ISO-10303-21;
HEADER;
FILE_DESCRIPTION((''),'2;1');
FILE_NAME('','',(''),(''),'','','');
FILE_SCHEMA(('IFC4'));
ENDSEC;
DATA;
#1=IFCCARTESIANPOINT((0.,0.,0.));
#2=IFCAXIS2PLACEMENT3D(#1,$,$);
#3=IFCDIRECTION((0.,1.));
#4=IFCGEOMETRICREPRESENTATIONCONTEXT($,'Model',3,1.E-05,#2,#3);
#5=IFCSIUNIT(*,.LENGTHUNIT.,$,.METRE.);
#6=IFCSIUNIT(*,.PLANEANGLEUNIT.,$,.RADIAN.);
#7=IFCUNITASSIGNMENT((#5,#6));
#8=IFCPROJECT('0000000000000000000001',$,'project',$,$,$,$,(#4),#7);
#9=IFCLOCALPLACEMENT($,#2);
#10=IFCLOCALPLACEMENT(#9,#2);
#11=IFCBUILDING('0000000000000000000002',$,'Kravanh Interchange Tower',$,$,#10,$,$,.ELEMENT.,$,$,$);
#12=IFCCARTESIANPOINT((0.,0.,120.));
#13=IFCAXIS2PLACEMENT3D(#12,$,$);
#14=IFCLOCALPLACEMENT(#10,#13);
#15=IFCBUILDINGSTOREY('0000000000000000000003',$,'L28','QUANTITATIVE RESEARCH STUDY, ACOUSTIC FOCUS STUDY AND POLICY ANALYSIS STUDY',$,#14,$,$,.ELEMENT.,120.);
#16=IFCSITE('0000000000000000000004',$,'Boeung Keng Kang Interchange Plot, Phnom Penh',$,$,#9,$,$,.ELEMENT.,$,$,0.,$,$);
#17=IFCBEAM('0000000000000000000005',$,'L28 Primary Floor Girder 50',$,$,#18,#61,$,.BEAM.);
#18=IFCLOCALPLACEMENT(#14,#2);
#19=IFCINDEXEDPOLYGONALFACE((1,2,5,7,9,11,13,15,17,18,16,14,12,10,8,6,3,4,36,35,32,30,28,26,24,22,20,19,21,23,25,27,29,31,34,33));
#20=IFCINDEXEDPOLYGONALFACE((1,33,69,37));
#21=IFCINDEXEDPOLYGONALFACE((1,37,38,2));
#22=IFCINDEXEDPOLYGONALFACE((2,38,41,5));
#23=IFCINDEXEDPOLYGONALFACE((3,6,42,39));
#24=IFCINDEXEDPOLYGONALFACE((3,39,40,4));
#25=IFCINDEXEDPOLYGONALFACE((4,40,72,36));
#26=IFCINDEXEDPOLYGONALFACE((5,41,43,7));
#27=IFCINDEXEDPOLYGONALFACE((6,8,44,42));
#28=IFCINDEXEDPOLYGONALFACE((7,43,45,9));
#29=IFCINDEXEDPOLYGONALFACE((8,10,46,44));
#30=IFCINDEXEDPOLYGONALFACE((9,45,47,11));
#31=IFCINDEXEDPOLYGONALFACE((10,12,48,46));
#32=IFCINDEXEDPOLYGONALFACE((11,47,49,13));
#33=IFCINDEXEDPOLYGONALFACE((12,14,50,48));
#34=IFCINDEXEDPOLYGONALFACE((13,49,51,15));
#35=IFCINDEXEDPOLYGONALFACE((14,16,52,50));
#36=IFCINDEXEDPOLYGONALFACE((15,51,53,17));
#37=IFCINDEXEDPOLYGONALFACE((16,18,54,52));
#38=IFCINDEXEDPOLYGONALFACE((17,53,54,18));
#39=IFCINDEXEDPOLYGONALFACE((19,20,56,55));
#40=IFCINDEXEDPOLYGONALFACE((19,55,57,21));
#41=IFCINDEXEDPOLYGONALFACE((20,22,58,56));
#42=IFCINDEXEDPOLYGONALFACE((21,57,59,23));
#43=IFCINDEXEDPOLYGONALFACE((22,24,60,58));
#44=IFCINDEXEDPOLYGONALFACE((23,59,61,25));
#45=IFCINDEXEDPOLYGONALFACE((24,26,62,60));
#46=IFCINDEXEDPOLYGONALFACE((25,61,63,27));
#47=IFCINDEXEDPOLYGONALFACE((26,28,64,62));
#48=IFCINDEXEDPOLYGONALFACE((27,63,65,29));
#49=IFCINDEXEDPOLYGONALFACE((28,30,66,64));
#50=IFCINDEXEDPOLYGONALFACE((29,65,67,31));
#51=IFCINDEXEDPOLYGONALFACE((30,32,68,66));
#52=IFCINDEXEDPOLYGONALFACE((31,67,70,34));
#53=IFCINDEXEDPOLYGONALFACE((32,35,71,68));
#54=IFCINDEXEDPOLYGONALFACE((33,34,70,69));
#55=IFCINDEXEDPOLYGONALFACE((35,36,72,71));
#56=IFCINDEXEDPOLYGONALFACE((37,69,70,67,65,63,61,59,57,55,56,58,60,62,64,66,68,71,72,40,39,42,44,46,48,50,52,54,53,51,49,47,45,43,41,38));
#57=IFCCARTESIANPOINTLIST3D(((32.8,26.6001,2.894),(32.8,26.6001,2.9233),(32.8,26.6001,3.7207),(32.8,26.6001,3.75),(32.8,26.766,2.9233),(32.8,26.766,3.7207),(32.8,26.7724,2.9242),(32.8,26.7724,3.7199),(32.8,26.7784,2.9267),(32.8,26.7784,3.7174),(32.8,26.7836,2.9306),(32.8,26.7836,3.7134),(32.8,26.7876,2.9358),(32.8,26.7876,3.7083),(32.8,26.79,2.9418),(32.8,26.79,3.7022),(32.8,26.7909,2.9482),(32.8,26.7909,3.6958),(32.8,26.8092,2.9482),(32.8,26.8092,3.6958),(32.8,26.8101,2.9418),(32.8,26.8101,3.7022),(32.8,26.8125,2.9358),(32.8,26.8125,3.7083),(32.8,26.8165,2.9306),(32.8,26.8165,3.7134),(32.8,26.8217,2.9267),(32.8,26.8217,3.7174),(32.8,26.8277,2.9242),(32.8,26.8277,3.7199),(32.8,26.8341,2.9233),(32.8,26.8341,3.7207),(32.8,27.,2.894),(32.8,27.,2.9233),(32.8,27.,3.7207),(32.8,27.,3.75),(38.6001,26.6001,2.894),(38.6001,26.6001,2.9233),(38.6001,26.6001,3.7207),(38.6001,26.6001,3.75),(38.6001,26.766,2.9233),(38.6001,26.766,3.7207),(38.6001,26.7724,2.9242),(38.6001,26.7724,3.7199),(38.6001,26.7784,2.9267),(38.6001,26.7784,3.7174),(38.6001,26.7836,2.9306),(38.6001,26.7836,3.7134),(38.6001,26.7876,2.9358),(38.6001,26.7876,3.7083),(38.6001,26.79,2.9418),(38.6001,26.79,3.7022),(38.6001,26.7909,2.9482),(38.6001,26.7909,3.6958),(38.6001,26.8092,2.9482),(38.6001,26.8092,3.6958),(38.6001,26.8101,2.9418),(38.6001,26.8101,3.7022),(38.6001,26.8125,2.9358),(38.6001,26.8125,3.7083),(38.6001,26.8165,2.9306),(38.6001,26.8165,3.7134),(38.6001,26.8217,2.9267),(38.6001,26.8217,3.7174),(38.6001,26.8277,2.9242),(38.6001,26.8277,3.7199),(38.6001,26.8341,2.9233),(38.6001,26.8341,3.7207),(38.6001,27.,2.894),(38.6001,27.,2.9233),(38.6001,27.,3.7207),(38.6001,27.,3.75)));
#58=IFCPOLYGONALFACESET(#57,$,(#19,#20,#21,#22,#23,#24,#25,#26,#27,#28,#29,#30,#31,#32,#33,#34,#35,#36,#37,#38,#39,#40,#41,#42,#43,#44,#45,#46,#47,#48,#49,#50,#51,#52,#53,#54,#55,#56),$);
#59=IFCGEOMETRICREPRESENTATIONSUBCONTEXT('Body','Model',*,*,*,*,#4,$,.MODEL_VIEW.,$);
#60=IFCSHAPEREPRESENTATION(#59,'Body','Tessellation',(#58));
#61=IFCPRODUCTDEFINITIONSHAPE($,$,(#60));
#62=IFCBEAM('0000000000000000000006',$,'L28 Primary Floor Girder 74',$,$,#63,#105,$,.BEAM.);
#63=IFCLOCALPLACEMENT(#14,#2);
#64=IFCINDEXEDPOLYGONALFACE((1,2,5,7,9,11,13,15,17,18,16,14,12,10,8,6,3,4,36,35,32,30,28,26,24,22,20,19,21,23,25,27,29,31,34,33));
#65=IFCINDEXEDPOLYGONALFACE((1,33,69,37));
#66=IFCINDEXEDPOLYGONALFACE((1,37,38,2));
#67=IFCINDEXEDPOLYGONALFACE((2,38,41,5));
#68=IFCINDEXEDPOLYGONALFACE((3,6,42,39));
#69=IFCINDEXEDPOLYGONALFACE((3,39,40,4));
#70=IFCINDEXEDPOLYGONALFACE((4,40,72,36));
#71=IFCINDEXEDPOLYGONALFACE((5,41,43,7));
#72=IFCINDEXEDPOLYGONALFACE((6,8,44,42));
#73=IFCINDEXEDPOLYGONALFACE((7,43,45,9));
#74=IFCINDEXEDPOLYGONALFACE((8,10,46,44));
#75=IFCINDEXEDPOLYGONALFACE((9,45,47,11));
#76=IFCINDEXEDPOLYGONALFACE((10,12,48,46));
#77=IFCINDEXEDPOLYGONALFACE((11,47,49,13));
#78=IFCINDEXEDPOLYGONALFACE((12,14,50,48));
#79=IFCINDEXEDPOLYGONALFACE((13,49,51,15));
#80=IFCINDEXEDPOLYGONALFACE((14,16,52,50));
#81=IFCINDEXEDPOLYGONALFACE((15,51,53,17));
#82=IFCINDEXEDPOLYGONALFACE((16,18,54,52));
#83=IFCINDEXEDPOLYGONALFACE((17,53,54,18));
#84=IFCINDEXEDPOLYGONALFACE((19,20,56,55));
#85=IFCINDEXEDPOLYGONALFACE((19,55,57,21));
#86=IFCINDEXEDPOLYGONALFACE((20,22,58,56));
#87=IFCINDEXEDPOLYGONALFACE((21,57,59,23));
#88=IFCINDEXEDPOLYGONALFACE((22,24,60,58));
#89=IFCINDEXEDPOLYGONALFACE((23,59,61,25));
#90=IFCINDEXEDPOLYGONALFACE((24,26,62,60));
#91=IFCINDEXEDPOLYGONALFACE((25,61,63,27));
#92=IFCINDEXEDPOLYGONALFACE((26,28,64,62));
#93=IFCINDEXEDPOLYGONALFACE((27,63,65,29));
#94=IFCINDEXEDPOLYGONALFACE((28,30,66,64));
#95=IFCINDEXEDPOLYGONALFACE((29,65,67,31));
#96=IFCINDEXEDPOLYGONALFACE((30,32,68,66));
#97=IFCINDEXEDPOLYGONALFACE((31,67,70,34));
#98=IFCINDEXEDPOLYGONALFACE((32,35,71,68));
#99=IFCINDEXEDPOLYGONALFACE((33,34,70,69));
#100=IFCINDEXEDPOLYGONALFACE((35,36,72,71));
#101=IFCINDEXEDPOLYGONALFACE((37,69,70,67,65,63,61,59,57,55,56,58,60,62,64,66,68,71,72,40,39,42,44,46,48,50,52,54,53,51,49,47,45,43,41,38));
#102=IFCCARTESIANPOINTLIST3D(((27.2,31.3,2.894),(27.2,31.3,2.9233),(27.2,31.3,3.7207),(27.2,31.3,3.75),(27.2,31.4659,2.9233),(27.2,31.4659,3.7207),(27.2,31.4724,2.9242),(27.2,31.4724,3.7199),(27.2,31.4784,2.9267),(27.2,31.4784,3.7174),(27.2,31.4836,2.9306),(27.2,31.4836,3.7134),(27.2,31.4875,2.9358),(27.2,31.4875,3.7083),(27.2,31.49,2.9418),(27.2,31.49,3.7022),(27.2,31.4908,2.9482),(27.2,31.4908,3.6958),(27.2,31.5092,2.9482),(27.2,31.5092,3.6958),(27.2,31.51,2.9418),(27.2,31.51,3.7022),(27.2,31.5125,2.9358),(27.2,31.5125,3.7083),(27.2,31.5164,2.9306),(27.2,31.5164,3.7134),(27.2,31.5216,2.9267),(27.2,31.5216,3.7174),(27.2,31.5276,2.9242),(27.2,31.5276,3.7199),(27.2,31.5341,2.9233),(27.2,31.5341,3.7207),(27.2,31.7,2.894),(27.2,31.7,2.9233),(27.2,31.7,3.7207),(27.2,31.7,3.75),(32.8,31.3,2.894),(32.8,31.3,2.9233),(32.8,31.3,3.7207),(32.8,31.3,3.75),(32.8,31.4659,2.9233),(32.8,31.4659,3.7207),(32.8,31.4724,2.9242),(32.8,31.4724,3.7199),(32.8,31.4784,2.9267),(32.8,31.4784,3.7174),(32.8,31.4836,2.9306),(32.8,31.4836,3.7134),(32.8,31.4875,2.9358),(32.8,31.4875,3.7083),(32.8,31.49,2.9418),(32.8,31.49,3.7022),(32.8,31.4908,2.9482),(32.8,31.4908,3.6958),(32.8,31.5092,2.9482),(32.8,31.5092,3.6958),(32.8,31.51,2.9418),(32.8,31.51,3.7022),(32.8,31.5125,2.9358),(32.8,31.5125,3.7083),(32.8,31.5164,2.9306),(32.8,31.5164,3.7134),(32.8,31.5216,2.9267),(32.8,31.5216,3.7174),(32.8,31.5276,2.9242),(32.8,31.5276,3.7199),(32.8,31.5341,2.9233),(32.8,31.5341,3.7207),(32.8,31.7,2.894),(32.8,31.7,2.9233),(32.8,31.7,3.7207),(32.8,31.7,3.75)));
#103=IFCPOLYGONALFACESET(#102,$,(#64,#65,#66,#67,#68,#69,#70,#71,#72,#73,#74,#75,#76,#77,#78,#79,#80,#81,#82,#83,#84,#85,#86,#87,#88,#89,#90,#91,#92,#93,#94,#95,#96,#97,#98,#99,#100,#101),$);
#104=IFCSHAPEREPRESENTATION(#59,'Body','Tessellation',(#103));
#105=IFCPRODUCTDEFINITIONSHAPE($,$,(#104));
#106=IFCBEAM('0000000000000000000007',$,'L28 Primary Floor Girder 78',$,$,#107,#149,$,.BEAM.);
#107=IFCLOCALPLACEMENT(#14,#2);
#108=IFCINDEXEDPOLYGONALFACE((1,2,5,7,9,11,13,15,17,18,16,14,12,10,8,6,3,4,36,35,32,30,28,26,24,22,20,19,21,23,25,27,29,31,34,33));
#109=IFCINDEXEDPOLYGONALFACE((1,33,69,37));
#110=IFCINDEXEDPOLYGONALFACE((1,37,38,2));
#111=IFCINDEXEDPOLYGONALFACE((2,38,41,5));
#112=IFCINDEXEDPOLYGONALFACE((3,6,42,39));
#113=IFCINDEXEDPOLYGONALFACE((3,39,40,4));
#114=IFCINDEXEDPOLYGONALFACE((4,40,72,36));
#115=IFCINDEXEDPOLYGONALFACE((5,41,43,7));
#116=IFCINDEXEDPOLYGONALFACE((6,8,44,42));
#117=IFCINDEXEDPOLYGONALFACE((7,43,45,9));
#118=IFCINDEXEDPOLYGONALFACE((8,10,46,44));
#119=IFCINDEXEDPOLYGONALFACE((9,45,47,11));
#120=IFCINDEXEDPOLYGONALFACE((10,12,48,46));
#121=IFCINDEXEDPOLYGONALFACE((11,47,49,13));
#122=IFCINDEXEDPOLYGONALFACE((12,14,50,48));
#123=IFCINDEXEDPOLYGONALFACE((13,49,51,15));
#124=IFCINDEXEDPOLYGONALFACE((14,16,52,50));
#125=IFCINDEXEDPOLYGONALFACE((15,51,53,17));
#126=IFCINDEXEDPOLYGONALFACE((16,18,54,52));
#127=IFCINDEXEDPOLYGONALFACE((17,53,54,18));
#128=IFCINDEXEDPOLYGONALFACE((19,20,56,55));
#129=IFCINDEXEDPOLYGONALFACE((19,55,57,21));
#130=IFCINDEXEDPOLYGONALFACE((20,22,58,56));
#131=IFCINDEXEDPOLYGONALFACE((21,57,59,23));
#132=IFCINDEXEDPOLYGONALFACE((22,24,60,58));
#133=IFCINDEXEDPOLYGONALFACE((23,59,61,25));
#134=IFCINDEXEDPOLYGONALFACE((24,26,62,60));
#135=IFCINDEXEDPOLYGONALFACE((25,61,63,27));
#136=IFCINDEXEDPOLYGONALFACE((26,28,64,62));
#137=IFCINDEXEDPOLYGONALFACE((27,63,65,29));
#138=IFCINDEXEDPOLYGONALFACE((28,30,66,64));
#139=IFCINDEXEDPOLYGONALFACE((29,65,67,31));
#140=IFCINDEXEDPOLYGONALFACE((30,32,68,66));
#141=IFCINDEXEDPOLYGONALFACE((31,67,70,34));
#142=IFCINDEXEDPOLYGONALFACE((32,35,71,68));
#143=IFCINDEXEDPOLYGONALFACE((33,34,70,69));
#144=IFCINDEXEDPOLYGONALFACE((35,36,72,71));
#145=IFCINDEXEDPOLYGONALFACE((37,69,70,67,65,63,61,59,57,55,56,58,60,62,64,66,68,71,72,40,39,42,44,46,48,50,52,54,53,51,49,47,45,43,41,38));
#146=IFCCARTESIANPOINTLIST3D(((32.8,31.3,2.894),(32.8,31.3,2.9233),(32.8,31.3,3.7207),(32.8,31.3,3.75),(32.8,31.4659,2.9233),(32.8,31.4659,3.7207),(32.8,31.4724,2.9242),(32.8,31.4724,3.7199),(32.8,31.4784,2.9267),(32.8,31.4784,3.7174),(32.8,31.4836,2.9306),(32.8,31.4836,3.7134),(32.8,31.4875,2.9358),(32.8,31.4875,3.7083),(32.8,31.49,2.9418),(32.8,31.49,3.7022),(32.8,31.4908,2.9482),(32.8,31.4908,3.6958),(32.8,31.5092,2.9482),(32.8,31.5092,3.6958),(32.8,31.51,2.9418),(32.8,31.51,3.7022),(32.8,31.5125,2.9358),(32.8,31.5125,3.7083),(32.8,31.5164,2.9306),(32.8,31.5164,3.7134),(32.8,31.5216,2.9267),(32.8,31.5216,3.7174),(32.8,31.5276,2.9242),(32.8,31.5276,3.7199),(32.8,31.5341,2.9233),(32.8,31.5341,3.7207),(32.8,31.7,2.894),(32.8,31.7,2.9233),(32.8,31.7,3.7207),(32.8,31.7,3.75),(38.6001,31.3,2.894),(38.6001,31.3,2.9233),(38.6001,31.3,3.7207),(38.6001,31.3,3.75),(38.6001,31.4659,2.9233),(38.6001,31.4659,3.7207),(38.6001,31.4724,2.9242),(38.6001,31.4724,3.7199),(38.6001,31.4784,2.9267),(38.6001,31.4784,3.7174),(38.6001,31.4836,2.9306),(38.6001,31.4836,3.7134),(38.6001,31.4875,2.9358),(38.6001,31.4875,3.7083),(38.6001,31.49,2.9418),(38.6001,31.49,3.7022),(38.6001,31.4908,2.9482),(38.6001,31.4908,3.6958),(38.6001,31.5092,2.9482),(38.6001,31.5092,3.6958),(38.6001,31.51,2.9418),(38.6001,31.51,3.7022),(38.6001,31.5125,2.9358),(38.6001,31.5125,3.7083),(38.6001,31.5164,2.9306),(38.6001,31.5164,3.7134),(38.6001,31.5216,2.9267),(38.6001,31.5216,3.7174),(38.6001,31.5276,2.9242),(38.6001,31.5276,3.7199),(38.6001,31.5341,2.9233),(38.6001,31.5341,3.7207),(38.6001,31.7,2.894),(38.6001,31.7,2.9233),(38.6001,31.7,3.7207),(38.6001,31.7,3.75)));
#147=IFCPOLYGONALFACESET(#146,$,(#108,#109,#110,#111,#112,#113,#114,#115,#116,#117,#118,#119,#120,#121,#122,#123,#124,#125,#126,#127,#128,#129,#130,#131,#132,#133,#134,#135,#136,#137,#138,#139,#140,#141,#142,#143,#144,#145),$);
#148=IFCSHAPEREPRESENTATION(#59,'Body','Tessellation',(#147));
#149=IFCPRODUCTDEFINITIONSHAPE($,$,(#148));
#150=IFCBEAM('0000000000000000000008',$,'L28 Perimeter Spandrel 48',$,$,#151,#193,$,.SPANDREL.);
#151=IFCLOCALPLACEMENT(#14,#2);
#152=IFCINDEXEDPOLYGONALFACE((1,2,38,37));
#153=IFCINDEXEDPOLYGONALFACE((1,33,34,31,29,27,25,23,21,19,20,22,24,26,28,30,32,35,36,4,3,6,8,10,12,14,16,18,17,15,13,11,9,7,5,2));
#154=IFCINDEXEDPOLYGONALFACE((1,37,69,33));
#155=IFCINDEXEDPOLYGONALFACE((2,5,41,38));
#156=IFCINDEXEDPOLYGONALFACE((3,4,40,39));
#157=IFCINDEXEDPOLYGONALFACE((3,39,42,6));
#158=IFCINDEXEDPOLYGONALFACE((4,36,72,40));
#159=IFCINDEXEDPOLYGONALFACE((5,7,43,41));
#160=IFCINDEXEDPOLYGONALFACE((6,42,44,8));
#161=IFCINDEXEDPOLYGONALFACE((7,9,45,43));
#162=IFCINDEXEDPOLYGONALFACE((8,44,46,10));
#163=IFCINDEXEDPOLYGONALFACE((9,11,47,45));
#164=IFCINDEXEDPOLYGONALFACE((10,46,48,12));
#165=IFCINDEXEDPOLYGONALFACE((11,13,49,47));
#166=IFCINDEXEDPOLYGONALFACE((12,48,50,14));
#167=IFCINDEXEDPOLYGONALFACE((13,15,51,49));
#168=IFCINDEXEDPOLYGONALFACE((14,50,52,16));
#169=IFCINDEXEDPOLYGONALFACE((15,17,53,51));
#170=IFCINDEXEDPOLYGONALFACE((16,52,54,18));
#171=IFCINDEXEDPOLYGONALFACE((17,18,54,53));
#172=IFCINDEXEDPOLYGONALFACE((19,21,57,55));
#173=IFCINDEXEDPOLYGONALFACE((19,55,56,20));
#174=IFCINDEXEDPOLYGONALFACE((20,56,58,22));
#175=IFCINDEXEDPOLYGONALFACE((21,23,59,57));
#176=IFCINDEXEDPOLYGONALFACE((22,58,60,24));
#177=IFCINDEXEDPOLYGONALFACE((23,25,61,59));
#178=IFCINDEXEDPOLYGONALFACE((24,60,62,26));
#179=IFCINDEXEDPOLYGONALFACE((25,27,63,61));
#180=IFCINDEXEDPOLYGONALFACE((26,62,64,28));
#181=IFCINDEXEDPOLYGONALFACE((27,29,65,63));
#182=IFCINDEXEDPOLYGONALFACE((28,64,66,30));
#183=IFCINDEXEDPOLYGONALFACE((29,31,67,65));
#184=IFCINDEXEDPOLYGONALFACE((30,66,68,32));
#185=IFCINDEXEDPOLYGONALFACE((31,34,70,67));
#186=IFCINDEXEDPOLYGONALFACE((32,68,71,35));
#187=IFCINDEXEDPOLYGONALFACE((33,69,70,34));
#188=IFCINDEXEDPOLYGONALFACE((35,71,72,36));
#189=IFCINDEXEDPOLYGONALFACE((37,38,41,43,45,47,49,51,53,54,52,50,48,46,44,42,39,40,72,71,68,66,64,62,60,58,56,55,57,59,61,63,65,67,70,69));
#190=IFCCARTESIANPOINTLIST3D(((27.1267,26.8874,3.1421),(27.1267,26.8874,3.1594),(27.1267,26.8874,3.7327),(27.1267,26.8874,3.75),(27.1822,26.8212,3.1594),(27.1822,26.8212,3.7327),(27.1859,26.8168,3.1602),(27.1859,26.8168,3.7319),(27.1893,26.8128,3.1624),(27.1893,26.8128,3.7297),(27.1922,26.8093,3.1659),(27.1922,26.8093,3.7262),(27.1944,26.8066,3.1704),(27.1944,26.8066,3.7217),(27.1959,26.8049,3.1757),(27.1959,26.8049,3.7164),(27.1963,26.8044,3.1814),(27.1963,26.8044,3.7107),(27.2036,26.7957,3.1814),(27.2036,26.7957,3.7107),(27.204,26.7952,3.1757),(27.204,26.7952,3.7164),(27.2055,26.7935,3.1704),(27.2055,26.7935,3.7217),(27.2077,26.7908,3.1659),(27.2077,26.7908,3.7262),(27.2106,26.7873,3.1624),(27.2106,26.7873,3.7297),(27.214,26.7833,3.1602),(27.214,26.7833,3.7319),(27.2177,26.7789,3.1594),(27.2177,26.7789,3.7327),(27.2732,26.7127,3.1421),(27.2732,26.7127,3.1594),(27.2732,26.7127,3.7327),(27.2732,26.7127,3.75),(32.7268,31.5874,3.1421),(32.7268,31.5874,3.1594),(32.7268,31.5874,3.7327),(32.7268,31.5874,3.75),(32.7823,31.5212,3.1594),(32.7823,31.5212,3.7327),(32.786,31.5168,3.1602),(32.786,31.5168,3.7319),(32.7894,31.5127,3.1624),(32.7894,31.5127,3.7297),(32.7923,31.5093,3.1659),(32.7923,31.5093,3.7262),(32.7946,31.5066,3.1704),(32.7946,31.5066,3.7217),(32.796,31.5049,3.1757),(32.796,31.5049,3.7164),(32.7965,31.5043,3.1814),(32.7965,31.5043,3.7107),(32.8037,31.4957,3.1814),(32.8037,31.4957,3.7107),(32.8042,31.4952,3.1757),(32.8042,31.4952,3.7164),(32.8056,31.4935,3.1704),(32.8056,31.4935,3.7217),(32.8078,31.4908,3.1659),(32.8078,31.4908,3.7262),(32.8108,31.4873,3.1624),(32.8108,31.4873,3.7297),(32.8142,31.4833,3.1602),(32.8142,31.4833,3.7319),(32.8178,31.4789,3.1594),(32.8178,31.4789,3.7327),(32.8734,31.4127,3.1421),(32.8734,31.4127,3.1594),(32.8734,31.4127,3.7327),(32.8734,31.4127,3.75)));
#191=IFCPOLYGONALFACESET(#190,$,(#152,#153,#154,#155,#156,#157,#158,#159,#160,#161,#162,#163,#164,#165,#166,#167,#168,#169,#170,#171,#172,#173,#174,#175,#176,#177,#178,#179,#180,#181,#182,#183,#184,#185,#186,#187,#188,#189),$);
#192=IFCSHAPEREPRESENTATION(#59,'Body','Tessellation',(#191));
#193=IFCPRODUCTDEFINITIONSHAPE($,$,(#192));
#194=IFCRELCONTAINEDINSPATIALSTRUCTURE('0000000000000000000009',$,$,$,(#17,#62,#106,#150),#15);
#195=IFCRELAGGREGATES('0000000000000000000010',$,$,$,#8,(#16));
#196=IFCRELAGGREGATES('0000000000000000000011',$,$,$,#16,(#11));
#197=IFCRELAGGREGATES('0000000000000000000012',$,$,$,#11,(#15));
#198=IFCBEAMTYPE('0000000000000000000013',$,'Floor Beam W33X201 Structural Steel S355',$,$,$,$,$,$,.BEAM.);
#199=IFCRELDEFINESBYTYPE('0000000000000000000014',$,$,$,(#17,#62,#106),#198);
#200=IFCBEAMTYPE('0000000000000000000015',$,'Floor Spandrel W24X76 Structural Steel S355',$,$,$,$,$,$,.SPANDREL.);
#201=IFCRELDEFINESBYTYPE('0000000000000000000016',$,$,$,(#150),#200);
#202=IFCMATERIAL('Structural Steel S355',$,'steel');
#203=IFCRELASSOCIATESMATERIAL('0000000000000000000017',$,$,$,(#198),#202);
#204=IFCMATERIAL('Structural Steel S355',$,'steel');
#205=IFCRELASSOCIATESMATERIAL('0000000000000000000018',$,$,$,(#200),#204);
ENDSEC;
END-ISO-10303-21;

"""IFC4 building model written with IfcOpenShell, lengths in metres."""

from ifc_helpers import new_model, si_unit, direction, frame, origin, origin_2d, place, context, subcontext, project, spatial, i_section, extrude, material, material_profile, profile_set, type_object, element, save


model = new_model("IFC4")

# Units and contexts
model_context = context("Model", 3, precision=1e-05, world=origin(), true_north=direction((0.0, 1.0)))
body_context = subcontext(model_context, "Body", "Model", "MODEL_VIEW")
ifc_project = project(units=[si_unit("LENGTHUNIT", "METRE"), si_unit("PLANEANGLEUNIT", "RADIAN")], contexts=[model_context])

# Site, building, storey
site_placement = place(None, origin())
site = spatial("IfcSite", under=ifc_project, at=site_placement, Name="Boeung Keng Kang Interchange Plot, Phnom Penh", CompositionType="ELEMENT", RefElevation=0.0)
building_placement = place(site_placement, origin())
building = spatial("IfcBuilding", under=site, at=building_placement, Name="Kravanh Interchange Tower", CompositionType="ELEMENT")
storey_placement = place(building_placement, frame((0.0, 0.0, 120.0)))
storey = spatial("IfcBuildingStorey", under=building, at=storey_placement, Name="L28", Description="QUANTITATIVE RESEARCH STUDY, ACOUSTIC FOCUS STUDY AND POLICY ANALYSIS STUDY", CompositionType="ELEMENT", Elevation=120.0)

# Beams
ifc_material_1 = material(Name="Structural Steel S355", Category="steel")
ifc_material_profile_1 = material_profile(ifc_material_1, i_section(OverallWidth=0.3999, OverallDepth=0.856, WebThickness=0.0183, FlangeThickness=0.0293, FilletRadius=0.0249, at=origin_2d()), Name="W33X201")
ifc_profile_set_1 = profile_set([ifc_material_profile_1], Name="Structural Steel S355")
beam_type_1 = type_object("IfcBeamType", Name="Floor Beam W33X201 Structural Steel S355", PredefinedType="BEAM", material=ifc_profile_set_1)
beam_1_placement = place(storey_placement, frame((32.8, 26.8, 3.322), z_axis=(1.0, 0.0, 0.0), x_axis=(0.0, 1.0, 0.0)))
element("IfcBeam", 1, at=beam_1_placement, inside=storey, type_object=beam_type_1, Name="L28 Primary Floor Girder 50", PredefinedType="BEAM", context=body_context, shape_type="SweptSolid", body=[
    extrude(i_section(OverallWidth=0.3999, OverallDepth=0.856, WebThickness=0.0183, FlangeThickness=0.0293, FilletRadius=0.0249, at=origin_2d()), origin(), (0.0, 0.0, 1.0), 5.8),
])
beam_2_placement = place(storey_placement, frame((27.2, 31.5, 3.322), z_axis=(1.0, 0.0, 0.0), x_axis=(0.0, 1.0, 0.0)))
element("IfcBeam", 2, at=beam_2_placement, inside=storey, type_object=beam_type_1, Name="L28 Primary Floor Girder 74", PredefinedType="BEAM", context=body_context, shape_type="SweptSolid", body=[
    extrude(i_section(OverallWidth=0.3999, OverallDepth=0.856, WebThickness=0.0183, FlangeThickness=0.0293, FilletRadius=0.0249, at=origin_2d()), origin(), (0.0, 0.0, 1.0), 5.6001),
])
beam_3_placement = place(storey_placement, frame((32.8, 31.5, 3.322), z_axis=(1.0, 0.0, 0.0), x_axis=(0.0, 1.0, 0.0)))
element("IfcBeam", 3, at=beam_3_placement, inside=storey, type_object=beam_type_1, Name="L28 Primary Floor Girder 78", PredefinedType="BEAM", context=body_context, shape_type="SweptSolid", body=[
    extrude(i_section(OverallWidth=0.3999, OverallDepth=0.856, WebThickness=0.0183, FlangeThickness=0.0293, FilletRadius=0.0249, at=origin_2d()), origin(), (0.0, 0.0, 1.0), 5.8),
])
ifc_material_2 = material(Name="Structural Steel S355", Category="steel")
ifc_material_profile_2 = material_profile(ifc_material_2, i_section(OverallWidth=0.228, OverallDepth=0.6079, WebThickness=0.0112, FlangeThickness=0.0173, FilletRadius=0.022, at=origin_2d()), Name="W24X76")
ifc_profile_set_2 = profile_set([ifc_material_profile_2], Name="Structural Steel S355")
beam_type_2 = type_object("IfcBeamType", Name="Floor Spandrel W24X76 Structural Steel S355", PredefinedType="SPANDREL", material=ifc_profile_set_2)
beam_4_placement = place(storey_placement, frame((27.2, 26.8, 3.446), z_axis=(0.765983, 0.642861, 0.0), x_axis=(-0.642861, 0.765983, 0.0)))
element("IfcBeam", 4, at=beam_4_placement, inside=storey, type_object=beam_type_2, Name="L28 Perimeter Spandrel 48", PredefinedType="SPANDREL", context=body_context, shape_type="SweptSolid", body=[
    extrude(i_section(OverallWidth=0.228, OverallDepth=0.6079, WebThickness=0.0112, FlangeThickness=0.0173, FilletRadius=0.022, at=origin_2d()), origin(), (0.0, 0.0, 1.0), 7.311),
])

save(model, "model.ifc")
